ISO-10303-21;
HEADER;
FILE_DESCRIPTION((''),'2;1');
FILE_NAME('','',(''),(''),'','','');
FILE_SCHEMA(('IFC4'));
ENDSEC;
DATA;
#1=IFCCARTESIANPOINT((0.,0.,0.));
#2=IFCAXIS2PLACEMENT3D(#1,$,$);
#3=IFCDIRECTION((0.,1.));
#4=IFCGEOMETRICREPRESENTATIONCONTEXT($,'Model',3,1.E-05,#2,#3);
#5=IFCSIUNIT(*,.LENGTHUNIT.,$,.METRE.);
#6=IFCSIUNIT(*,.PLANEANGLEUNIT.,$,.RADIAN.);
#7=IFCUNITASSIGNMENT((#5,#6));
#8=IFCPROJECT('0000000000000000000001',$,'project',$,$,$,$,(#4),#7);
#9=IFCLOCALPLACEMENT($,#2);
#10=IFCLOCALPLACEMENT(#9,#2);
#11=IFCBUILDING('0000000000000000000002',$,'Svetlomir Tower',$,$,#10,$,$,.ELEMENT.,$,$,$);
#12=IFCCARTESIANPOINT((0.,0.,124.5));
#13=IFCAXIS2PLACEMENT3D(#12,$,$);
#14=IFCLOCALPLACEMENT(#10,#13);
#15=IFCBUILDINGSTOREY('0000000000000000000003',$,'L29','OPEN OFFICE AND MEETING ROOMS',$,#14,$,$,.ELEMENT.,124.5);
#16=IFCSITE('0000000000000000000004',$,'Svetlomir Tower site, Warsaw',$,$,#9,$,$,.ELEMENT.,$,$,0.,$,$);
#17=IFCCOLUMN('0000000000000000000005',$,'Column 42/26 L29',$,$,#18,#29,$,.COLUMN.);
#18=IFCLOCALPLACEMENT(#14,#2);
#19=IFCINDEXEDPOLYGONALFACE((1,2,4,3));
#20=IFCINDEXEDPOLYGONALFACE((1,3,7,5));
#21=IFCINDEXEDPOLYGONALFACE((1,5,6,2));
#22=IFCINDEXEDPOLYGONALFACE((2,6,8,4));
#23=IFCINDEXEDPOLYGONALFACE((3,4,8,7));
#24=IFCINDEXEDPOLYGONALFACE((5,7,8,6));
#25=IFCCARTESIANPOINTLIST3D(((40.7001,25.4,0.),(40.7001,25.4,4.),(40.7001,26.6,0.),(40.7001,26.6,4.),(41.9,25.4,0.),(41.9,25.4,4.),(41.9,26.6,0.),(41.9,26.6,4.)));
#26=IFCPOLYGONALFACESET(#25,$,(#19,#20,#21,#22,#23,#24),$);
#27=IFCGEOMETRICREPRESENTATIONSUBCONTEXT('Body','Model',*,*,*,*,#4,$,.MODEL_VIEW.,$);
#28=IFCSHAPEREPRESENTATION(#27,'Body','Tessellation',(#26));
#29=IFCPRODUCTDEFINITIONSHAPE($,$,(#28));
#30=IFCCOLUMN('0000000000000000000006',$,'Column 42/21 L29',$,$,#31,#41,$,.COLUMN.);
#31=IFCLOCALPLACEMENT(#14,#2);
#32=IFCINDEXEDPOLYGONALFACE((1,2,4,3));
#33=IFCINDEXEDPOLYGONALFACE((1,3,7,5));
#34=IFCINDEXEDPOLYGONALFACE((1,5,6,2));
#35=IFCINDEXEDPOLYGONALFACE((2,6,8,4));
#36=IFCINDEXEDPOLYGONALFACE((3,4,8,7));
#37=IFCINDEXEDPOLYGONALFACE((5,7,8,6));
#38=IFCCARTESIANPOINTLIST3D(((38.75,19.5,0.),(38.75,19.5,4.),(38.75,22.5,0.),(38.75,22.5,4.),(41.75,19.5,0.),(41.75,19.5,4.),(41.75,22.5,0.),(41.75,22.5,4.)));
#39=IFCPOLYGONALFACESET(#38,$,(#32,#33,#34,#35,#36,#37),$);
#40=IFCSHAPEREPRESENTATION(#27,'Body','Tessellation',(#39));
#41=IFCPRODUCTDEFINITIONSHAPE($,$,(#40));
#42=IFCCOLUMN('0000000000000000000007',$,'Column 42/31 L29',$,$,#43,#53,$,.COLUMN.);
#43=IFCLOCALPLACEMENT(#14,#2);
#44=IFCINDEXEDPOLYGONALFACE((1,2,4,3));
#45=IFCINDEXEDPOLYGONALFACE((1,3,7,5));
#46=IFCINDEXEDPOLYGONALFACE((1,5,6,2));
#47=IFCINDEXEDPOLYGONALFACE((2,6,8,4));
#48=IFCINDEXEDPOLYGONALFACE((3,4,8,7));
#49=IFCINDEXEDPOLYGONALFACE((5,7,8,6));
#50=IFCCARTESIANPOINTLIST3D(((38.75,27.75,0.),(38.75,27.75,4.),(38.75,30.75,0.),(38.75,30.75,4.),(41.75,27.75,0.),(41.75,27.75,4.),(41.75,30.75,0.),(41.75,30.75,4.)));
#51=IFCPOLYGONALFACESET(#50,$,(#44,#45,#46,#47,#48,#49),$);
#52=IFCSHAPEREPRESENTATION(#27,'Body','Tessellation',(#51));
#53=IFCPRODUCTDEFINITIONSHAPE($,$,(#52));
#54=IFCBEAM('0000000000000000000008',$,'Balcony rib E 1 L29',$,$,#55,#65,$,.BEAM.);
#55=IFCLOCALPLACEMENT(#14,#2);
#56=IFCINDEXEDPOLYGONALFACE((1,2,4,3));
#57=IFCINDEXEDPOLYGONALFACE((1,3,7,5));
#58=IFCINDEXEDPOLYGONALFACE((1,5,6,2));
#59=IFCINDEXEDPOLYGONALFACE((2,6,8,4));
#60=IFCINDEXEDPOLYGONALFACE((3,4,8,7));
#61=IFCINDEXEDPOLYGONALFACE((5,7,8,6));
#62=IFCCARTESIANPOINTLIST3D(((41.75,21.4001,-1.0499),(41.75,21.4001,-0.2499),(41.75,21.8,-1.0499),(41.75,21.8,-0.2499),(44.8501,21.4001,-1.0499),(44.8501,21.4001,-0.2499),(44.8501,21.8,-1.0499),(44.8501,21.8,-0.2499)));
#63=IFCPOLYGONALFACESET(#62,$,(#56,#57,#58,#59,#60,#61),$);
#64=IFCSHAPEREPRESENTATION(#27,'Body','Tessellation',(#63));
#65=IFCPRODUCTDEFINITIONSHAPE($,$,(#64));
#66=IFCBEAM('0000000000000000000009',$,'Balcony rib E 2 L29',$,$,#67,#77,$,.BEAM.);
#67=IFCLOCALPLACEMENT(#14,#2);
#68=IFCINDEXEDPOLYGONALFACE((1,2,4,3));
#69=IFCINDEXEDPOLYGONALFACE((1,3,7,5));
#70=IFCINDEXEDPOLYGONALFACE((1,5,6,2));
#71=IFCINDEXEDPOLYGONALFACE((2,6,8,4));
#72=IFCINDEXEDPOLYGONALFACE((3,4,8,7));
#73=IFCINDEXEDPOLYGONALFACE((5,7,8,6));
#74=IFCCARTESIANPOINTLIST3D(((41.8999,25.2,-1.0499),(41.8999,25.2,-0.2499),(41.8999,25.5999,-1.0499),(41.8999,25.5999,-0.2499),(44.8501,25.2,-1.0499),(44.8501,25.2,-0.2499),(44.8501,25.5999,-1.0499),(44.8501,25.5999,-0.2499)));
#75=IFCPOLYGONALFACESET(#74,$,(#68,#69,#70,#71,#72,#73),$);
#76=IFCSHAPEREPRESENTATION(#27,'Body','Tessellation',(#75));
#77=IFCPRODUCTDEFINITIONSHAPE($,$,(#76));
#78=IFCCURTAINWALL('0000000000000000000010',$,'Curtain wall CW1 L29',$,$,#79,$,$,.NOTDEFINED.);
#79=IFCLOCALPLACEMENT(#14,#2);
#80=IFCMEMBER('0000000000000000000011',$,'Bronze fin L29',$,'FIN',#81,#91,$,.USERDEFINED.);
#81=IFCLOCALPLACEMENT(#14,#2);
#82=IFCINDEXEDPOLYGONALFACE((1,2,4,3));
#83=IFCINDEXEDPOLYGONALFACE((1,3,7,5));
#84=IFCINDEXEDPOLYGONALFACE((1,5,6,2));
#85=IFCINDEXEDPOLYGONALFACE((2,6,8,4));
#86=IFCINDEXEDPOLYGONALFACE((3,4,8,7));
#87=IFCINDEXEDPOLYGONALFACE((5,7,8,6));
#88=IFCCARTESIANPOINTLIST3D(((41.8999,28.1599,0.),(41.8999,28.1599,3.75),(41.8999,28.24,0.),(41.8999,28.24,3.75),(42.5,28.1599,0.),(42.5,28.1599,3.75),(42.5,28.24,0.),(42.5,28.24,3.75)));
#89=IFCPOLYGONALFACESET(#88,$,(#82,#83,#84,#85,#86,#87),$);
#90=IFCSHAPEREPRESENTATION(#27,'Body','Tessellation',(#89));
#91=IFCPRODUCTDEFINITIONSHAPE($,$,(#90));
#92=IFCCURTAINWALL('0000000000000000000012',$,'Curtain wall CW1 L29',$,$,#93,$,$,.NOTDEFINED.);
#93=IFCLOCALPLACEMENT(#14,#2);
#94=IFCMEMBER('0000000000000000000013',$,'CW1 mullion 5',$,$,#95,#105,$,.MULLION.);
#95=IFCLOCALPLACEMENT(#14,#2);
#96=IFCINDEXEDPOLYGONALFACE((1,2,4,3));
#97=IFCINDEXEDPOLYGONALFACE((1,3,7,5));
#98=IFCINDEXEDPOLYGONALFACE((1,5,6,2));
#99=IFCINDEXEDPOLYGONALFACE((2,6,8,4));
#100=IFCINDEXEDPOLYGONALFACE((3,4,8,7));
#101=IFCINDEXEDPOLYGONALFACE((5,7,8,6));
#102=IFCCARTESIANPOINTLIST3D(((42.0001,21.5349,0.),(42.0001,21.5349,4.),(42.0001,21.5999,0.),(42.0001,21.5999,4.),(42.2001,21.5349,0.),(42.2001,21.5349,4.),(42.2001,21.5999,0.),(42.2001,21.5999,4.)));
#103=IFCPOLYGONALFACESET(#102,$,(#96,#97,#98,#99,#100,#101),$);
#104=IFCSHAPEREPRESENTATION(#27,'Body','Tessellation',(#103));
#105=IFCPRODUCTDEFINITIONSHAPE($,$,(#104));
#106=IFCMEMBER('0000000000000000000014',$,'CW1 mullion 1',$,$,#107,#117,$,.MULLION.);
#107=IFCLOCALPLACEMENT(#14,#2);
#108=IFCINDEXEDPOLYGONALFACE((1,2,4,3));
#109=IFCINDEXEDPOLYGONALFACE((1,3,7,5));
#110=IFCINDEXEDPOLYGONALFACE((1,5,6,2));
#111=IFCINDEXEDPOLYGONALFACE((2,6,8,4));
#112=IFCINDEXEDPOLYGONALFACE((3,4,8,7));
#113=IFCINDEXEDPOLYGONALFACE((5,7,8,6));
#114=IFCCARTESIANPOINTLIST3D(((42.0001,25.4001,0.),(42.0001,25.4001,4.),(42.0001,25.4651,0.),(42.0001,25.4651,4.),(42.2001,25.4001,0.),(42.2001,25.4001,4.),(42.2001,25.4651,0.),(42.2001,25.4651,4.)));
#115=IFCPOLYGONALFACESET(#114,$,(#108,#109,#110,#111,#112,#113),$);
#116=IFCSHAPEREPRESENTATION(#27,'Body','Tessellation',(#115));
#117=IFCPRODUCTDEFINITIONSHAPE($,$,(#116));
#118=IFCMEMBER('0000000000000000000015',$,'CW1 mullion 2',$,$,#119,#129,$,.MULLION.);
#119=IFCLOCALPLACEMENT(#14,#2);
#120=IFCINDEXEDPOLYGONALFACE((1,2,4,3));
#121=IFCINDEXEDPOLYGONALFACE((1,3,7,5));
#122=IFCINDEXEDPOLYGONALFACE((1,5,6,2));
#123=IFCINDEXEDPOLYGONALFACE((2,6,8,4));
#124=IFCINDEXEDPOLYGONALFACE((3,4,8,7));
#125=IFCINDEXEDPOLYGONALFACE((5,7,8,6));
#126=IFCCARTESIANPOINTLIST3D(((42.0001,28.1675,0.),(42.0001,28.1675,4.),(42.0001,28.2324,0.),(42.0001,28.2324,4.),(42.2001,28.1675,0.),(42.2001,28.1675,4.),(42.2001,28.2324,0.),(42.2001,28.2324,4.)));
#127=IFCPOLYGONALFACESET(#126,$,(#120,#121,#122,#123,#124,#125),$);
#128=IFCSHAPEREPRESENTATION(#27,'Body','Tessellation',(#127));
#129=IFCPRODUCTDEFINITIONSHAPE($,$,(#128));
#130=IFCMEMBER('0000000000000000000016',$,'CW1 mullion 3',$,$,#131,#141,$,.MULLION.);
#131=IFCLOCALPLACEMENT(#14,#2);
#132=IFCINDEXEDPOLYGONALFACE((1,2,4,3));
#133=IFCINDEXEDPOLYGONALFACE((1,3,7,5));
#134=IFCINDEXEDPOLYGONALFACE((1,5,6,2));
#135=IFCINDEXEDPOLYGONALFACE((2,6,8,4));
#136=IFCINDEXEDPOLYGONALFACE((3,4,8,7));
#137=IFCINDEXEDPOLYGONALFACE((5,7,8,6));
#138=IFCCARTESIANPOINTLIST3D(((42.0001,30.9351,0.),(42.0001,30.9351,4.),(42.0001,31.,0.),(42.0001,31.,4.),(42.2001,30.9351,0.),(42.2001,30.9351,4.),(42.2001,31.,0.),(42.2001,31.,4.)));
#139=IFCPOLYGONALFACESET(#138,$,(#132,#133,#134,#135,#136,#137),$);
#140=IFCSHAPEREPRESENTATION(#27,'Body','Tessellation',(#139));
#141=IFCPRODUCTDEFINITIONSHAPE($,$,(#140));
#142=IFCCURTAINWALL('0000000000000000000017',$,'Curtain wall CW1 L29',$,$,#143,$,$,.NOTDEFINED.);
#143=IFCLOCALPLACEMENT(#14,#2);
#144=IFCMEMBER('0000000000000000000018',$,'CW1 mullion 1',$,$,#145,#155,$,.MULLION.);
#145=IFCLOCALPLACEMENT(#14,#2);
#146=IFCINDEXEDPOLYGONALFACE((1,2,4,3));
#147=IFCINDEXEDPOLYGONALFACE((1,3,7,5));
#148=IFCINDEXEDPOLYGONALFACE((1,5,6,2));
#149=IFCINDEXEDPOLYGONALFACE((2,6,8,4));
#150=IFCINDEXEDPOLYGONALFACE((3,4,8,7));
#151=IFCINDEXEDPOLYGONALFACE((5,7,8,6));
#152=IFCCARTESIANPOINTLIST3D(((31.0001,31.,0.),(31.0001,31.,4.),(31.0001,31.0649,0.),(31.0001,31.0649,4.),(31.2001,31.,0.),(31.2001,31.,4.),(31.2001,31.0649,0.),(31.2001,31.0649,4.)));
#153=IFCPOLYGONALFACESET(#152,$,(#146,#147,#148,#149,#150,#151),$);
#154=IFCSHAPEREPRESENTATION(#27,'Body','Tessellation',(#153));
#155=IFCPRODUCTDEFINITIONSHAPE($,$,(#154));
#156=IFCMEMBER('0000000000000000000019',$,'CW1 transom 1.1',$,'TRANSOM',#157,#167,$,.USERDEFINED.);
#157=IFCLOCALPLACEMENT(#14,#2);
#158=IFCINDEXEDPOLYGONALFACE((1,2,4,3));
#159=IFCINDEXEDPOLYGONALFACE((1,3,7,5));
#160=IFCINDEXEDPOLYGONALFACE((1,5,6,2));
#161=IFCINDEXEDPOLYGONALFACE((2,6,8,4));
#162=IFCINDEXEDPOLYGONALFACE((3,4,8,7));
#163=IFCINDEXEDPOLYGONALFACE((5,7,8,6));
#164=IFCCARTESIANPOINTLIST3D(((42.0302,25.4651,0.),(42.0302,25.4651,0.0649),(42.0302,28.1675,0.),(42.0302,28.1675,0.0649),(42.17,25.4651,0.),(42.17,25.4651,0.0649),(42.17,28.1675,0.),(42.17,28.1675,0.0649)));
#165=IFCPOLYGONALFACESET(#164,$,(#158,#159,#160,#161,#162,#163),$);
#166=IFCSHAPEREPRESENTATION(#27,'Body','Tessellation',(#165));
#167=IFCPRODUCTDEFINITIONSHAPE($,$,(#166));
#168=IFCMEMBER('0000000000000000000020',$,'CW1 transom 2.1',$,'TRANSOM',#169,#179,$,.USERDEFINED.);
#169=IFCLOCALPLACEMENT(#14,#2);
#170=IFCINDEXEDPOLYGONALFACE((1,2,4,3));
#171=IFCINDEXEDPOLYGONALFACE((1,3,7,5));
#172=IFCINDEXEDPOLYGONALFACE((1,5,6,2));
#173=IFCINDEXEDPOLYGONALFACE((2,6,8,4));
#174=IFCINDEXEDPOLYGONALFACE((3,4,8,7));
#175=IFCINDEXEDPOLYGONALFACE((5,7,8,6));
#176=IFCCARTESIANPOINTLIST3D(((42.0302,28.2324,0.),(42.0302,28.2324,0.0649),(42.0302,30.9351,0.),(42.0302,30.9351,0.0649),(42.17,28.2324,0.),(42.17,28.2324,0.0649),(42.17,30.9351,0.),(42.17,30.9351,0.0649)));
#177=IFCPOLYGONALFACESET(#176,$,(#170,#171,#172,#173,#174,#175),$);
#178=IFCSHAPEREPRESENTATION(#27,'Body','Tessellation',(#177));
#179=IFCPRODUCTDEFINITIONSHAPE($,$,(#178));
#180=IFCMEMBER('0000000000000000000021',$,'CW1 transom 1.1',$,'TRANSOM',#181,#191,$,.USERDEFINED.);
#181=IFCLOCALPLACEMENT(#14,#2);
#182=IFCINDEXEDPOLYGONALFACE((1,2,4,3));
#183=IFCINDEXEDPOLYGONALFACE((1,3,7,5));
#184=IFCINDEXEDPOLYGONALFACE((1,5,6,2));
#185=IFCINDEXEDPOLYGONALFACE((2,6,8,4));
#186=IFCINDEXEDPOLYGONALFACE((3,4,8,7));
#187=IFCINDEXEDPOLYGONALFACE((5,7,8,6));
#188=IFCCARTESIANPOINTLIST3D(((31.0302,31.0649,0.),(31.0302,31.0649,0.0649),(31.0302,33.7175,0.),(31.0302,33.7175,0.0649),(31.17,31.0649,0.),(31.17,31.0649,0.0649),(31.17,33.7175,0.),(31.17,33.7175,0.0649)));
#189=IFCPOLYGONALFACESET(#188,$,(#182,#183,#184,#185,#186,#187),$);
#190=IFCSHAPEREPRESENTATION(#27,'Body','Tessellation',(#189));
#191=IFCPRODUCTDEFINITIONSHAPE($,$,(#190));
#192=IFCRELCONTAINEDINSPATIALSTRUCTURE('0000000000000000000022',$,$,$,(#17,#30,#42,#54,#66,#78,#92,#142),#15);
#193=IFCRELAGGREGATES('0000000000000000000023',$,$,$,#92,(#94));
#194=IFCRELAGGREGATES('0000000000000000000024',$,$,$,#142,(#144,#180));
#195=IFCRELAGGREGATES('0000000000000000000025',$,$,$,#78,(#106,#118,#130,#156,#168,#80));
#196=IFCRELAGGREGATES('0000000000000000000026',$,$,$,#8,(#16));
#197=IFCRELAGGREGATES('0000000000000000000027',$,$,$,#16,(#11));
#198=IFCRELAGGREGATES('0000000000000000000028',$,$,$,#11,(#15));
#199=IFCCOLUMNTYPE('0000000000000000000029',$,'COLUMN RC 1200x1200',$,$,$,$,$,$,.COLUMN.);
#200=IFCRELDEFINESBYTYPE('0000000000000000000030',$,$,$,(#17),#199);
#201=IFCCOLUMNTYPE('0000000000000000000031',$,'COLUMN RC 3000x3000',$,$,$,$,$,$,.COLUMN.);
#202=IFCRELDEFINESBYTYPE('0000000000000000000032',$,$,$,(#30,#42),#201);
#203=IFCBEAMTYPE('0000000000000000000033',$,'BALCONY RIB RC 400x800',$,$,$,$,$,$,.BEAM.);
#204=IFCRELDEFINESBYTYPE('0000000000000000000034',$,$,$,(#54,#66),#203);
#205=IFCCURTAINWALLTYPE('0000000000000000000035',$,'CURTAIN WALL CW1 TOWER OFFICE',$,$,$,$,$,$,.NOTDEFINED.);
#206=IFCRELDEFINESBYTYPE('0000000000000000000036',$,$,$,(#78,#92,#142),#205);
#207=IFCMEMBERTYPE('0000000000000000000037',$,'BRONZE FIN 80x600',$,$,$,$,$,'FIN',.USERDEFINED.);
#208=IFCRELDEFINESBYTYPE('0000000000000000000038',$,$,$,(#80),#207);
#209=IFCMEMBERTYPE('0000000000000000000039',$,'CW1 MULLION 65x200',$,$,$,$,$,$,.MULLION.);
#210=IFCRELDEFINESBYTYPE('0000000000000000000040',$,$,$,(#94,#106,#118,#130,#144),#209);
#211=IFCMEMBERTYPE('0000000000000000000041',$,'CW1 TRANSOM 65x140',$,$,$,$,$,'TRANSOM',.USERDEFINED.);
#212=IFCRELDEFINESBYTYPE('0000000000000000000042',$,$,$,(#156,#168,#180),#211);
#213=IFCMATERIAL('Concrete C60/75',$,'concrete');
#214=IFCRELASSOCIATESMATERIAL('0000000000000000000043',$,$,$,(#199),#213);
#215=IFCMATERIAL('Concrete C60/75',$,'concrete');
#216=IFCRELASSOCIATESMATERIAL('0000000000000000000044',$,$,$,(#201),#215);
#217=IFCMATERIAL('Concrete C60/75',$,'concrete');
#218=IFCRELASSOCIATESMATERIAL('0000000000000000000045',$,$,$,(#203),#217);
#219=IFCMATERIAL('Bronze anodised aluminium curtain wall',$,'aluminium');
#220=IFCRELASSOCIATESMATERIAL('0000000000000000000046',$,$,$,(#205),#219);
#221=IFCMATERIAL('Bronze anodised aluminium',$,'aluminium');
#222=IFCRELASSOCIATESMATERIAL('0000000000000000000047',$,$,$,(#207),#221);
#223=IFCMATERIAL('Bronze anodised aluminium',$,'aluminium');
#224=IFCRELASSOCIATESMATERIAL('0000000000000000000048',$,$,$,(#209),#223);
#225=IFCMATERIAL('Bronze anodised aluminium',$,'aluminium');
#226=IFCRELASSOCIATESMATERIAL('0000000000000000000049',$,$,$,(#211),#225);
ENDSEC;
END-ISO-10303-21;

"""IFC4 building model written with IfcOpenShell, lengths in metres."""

from ifc_helpers import new_model, si_unit, direction, frame, origin, origin_2d, place, context, subcontext, project, spatial, rectangle, extrude, material, material_profile, profile_set, type_object, element, aggregate, save


model = new_model("IFC4")

# Units and contexts
model_context = context("Model", 3, precision=1e-05, world=origin(), true_north=direction((0.0, 1.0)))
body_context = subcontext(model_context, "Body", "Model", "MODEL_VIEW")
ifc_project = project(units=[si_unit("LENGTHUNIT", "METRE"), si_unit("PLANEANGLEUNIT", "RADIAN")], contexts=[model_context])

# Site, building, storey
site_placement = place(None, origin())
site = spatial("IfcSite", under=ifc_project, at=site_placement, Name="Svetlomir Tower site, Warsaw", CompositionType="ELEMENT", RefElevation=0.0)
building_placement = place(site_placement, origin())
building = spatial("IfcBuilding", under=site, at=building_placement, Name="Svetlomir Tower", CompositionType="ELEMENT")
storey_placement = place(building_placement, frame((0.0, 0.0, 124.5)))
storey = spatial("IfcBuildingStorey", under=building, at=storey_placement, Name="L29", Description="OPEN OFFICE AND MEETING ROOMS", CompositionType="ELEMENT", Elevation=124.5)

# Columns
ifc_material_1 = material(Name="Concrete C60/75", Category="concrete")
ifc_material_profile_1 = material_profile(ifc_material_1, rectangle(XDim=1.2, YDim=1.2, at=origin_2d()), Name="RC 1200x1200")
ifc_profile_set_1 = profile_set([ifc_material_profile_1], Name="Concrete C60/75")
column_type_1 = type_object("IfcColumnType", Name="COLUMN RC 1200x1200", PredefinedType="COLUMN", material=ifc_profile_set_1)
column_placement = place(storey_placement, frame((41.3, 26.0, 0.0), z_axis=(0.0, 0.0, 1.0), x_axis=(1.0, 0.0, 0.0)))
element("IfcColumn", 1, at=column_placement, inside=storey, type_object=column_type_1, Name="Column 42/26 L29", PredefinedType="COLUMN", context=body_context, shape_type="SweptSolid", body=[
    extrude(rectangle(XDim=1.2, YDim=1.2, at=origin_2d()), origin(), (0.0, 0.0, 1.0), 4.0),
])
ifc_material_2 = material(Name="Concrete C60/75", Category="concrete")
ifc_material_profile_2 = material_profile(ifc_material_2, rectangle(XDim=3.0, YDim=3.0, at=origin_2d()), Name="RC 3000x3000")
ifc_profile_set_2 = profile_set([ifc_material_profile_2], Name="Concrete C60/75")
column_type_2 = type_object("IfcColumnType", Name="COLUMN RC 3000x3000", PredefinedType="COLUMN", material=ifc_profile_set_2)
for number, where, z_axis, x_axis, name in (
    (2, (40.25, 21.0, 0.0), (0.0, 0.0, 1.0), (1.0, 0.0, 0.0), "Column 42/21 L29"),
    (3, (40.25, 29.25, 0.0), (0.0, 0.0, 1.0), (1.0, 0.0, 0.0), "Column 42/31 L29"),
):
    element("IfcColumn", number, at=place(storey_placement, frame(where, z_axis=z_axis, x_axis=x_axis)), inside=storey, type_object=column_type_2, Name=name, PredefinedType="COLUMN", context=body_context, shape_type="SweptSolid", body=[
        extrude(rectangle(XDim=3.0, YDim=3.0, at=origin_2d()), origin(), (0.0, 0.0, 1.0), 4.0),
    ])

# Beams
ifc_material_3 = material(Name="Concrete C60/75", Category="concrete")
ifc_material_profile_3 = material_profile(ifc_material_3, rectangle(XDim=0.3999, YDim=0.8, at=origin_2d()), Name="RC 400x800")
ifc_profile_set_3 = profile_set([ifc_material_profile_3], Name="Concrete C60/75")
beam_type_1 = type_object("IfcBeamType", Name="BALCONY RIB RC 400x800", PredefinedType="BEAM", material=ifc_profile_set_3)
beam_1_placement = place(storey_placement, frame((41.75, 21.6001, -0.6499), z_axis=(1.0, 0.0, 0.0), x_axis=(0.0, 1.0, 0.0)))
element("IfcBeam", 4, at=beam_1_placement, inside=storey, type_object=beam_type_1, Name="Balcony rib E 1 L29", PredefinedType="BEAM", context=body_context, shape_type="SweptSolid", body=[
    extrude(rectangle(XDim=0.3999, YDim=0.8, at=origin_2d()), origin(), (0.0, 0.0, 1.0), 3.1001),
])
beam_2_placement = place(storey_placement, frame((41.8999, 25.3999, -0.6499), z_axis=(1.0, 0.0, 0.0), x_axis=(0.0, 1.0, 0.0)))
element("IfcBeam", 5, at=beam_2_placement, inside=storey, type_object=beam_type_1, Name="Balcony rib E 2 L29", PredefinedType="BEAM", context=body_context, shape_type="SweptSolid", body=[
    extrude(rectangle(XDim=0.3999, YDim=0.8, at=origin_2d()), origin(), (0.0, 0.0, 1.0), 2.9502),
])

# Curtain walls, members
ifc_material_4 = material(Name="Bronze anodised aluminium curtain wall", Category="aluminium")
curtain_wall_type = type_object("IfcCurtainWallType", Name="CURTAIN WALL CW1 TOWER OFFICE", PredefinedType="NOTDEFINED", material=ifc_material_4)
curtain_wall_1_placement = place(storey_placement, origin())
curtain_wall_1 = element("IfcCurtainWall", 6, at=curtain_wall_1_placement, inside=storey, type_object=curtain_wall_type, Name="Curtain wall CW1 L29", PredefinedType="NOTDEFINED")
ifc_material_5 = material(Name="Bronze anodised aluminium", Category="aluminium")
ifc_material_profile_4 = material_profile(ifc_material_5, rectangle(XDim=0.0801, YDim=0.6001, at=origin_2d()), Name="FIN 80x600")
ifc_profile_set_4 = profile_set([ifc_material_profile_4], Name="Bronze anodised aluminium 6063-T6")
member_type_1 = type_object("IfcMemberType", Name="BRONZE FIN 80x600", ElementType="FIN", PredefinedType="USERDEFINED", material=ifc_profile_set_4)
member_1_placement = place(storey_placement, frame((42.2, 28.2, 0.0), z_axis=(0.0, 0.0, 1.0), x_axis=(0.0, 1.0, 0.0)))
member_1 = element("IfcMember", 7, at=member_1_placement, type_object=member_type_1, Name="Bronze fin L29", ObjectType="FIN", PredefinedType="USERDEFINED", context=body_context, shape_type="SweptSolid", body=[
    extrude(rectangle(XDim=0.0801, YDim=0.6001, at=origin_2d()), origin(), (0.0, 0.0, 1.0), 3.75),
])
curtain_wall_2_placement = place(storey_placement, origin())
curtain_wall_2 = element("IfcCurtainWall", 8, at=curtain_wall_2_placement, inside=storey, type_object=curtain_wall_type, Name="Curtain wall CW1 L29", PredefinedType="NOTDEFINED")
ifc_material_6 = material(Name="Bronze anodised aluminium", Category="aluminium")
ifc_material_profile_5 = material_profile(ifc_material_6, rectangle(XDim=0.0649, YDim=0.2, at=origin_2d()), Name="AL 65x200")
ifc_profile_set_5 = profile_set([ifc_material_profile_5], Name="Bronze anodised aluminium 6063-T6")
member_type_2 = type_object("IfcMemberType", Name="CW1 MULLION 65x200", PredefinedType="MULLION", material=ifc_profile_set_5)
member_2_placement = place(storey_placement, frame((42.1001, 21.5674, 0.0), z_axis=(0.0, 0.0, 1.0), x_axis=(0.0, 1.0, 0.0)))
member_2 = element("IfcMember", 9, at=member_2_placement, type_object=member_type_2, Name="CW1 mullion 5", PredefinedType="MULLION", context=body_context, shape_type="SweptSolid", body=[
    extrude(rectangle(XDim=0.0649, YDim=0.2, at=origin_2d()), origin(), (0.0, 0.0, 1.0), 4.0),
])
aggregate(curtain_wall_2, [member_2])

# Members
member_3_placement = place(storey_placement, frame((42.1001, 25.4326, 0.0), z_axis=(0.0, 0.0, 1.0), x_axis=(0.0, 1.0, 0.0)))
member_3 = element("IfcMember", 10, at=member_3_placement, type_object=member_type_2, Name="CW1 mullion 1", PredefinedType="MULLION", context=body_context, shape_type="SweptSolid", body=[
    extrude(rectangle(XDim=0.0649, YDim=0.2, at=origin_2d()), origin(), (0.0, 0.0, 1.0), 4.0),
])
member_4_placement = place(storey_placement, frame((42.1001, 28.2, 0.0), z_axis=(0.0, 0.0, 1.0), x_axis=(0.0, 1.0, 0.0)))
member_4 = element("IfcMember", 11, at=member_4_placement, type_object=member_type_2, Name="CW1 mullion 2", PredefinedType="MULLION", context=body_context, shape_type="SweptSolid", body=[
    extrude(rectangle(XDim=0.0649, YDim=0.2, at=origin_2d()), origin(), (0.0, 0.0, 1.0), 4.0),
])
member_5_placement = place(storey_placement, frame((42.1001, 30.9675, 0.0), z_axis=(0.0, 0.0, 1.0), x_axis=(0.0, 1.0, 0.0)))
member_5 = element("IfcMember", 12, at=member_5_placement, type_object=member_type_2, Name="CW1 mullion 3", PredefinedType="MULLION", context=body_context, shape_type="SweptSolid", body=[
    extrude(rectangle(XDim=0.0649, YDim=0.2, at=origin_2d()), origin(), (0.0, 0.0, 1.0), 4.0),
])

# Curtain wall, member
curtain_wall_3_placement = place(storey_placement, origin())
curtain_wall_3 = element("IfcCurtainWall", 13, at=curtain_wall_3_placement, inside=storey, type_object=curtain_wall_type, Name="Curtain wall CW1 L29", PredefinedType="NOTDEFINED")
member_6_placement = place(storey_placement, frame((31.1001, 31.0325, 0.0), z_axis=(0.0, 0.0, 1.0), x_axis=(0.0, 1.0, 0.0)))
member_6 = element("IfcMember", 14, at=member_6_placement, type_object=member_type_2, Name="CW1 mullion 1", PredefinedType="MULLION", context=body_context, shape_type="SweptSolid", body=[
    extrude(rectangle(XDim=0.0649, YDim=0.2, at=origin_2d()), origin(), (0.0, 0.0, 1.0), 4.0),
])

# Members
ifc_material_7 = material(Name="Bronze anodised aluminium", Category="aluminium")
ifc_material_profile_6 = material_profile(ifc_material_7, rectangle(XDim=0.1399, YDim=0.0649, at=origin_2d()), Name="AL 140x65")
ifc_profile_set_6 = profile_set([ifc_material_profile_6], Name="Bronze anodised aluminium 6063-T6")
member_type_3 = type_object("IfcMemberType", Name="CW1 TRANSOM 65x140", ElementType="TRANSOM", PredefinedType="USERDEFINED", material=ifc_profile_set_6)
member_7_placement = place(storey_placement, frame((42.1001, 25.4651, 0.0325), z_axis=(0.0, 1.0, 0.0), x_axis=(-1.0, 0.0, 0.0)))
member_7 = element("IfcMember", 15, at=member_7_placement, type_object=member_type_3, Name="CW1 transom 1.1", ObjectType="TRANSOM", PredefinedType="USERDEFINED", context=body_context, shape_type="SweptSolid", body=[
    extrude(rectangle(XDim=0.1399, YDim=0.0649, at=origin_2d()), origin(), (0.0, 0.0, 1.0), 2.7024),
])
member_8_placement = place(storey_placement, frame((42.1001, 28.2324, 0.0325), z_axis=(0.0, 1.0, 0.0), x_axis=(-1.0, 0.0, 0.0)))
member_8 = element("IfcMember", 16, at=member_8_placement, type_object=member_type_3, Name="CW1 transom 2.1", ObjectType="TRANSOM", PredefinedType="USERDEFINED", context=body_context, shape_type="SweptSolid", body=[
    extrude(rectangle(XDim=0.1399, YDim=0.0649, at=origin_2d()), origin(), (0.0, 0.0, 1.0), 2.7026),
])
member_9_placement = place(storey_placement, frame((31.1001, 31.0649, 0.0325), z_axis=(0.0, 1.0, 0.0), x_axis=(-1.0, 0.0, 0.0)))
member_9 = element("IfcMember", 17, at=member_9_placement, type_object=member_type_3, Name="CW1 transom 1.1", ObjectType="TRANSOM", PredefinedType="USERDEFINED", context=body_context, shape_type="SweptSolid", body=[
    extrude(rectangle(XDim=0.1399, YDim=0.0649, at=origin_2d()), origin(), (0.0, 0.0, 1.0), 2.6526),
])
aggregate(curtain_wall_3, [member_6, member_9])

aggregate(curtain_wall_1, [member_3, member_4, member_5, member_7, member_8, member_1])

save(model, "model.ifc")
